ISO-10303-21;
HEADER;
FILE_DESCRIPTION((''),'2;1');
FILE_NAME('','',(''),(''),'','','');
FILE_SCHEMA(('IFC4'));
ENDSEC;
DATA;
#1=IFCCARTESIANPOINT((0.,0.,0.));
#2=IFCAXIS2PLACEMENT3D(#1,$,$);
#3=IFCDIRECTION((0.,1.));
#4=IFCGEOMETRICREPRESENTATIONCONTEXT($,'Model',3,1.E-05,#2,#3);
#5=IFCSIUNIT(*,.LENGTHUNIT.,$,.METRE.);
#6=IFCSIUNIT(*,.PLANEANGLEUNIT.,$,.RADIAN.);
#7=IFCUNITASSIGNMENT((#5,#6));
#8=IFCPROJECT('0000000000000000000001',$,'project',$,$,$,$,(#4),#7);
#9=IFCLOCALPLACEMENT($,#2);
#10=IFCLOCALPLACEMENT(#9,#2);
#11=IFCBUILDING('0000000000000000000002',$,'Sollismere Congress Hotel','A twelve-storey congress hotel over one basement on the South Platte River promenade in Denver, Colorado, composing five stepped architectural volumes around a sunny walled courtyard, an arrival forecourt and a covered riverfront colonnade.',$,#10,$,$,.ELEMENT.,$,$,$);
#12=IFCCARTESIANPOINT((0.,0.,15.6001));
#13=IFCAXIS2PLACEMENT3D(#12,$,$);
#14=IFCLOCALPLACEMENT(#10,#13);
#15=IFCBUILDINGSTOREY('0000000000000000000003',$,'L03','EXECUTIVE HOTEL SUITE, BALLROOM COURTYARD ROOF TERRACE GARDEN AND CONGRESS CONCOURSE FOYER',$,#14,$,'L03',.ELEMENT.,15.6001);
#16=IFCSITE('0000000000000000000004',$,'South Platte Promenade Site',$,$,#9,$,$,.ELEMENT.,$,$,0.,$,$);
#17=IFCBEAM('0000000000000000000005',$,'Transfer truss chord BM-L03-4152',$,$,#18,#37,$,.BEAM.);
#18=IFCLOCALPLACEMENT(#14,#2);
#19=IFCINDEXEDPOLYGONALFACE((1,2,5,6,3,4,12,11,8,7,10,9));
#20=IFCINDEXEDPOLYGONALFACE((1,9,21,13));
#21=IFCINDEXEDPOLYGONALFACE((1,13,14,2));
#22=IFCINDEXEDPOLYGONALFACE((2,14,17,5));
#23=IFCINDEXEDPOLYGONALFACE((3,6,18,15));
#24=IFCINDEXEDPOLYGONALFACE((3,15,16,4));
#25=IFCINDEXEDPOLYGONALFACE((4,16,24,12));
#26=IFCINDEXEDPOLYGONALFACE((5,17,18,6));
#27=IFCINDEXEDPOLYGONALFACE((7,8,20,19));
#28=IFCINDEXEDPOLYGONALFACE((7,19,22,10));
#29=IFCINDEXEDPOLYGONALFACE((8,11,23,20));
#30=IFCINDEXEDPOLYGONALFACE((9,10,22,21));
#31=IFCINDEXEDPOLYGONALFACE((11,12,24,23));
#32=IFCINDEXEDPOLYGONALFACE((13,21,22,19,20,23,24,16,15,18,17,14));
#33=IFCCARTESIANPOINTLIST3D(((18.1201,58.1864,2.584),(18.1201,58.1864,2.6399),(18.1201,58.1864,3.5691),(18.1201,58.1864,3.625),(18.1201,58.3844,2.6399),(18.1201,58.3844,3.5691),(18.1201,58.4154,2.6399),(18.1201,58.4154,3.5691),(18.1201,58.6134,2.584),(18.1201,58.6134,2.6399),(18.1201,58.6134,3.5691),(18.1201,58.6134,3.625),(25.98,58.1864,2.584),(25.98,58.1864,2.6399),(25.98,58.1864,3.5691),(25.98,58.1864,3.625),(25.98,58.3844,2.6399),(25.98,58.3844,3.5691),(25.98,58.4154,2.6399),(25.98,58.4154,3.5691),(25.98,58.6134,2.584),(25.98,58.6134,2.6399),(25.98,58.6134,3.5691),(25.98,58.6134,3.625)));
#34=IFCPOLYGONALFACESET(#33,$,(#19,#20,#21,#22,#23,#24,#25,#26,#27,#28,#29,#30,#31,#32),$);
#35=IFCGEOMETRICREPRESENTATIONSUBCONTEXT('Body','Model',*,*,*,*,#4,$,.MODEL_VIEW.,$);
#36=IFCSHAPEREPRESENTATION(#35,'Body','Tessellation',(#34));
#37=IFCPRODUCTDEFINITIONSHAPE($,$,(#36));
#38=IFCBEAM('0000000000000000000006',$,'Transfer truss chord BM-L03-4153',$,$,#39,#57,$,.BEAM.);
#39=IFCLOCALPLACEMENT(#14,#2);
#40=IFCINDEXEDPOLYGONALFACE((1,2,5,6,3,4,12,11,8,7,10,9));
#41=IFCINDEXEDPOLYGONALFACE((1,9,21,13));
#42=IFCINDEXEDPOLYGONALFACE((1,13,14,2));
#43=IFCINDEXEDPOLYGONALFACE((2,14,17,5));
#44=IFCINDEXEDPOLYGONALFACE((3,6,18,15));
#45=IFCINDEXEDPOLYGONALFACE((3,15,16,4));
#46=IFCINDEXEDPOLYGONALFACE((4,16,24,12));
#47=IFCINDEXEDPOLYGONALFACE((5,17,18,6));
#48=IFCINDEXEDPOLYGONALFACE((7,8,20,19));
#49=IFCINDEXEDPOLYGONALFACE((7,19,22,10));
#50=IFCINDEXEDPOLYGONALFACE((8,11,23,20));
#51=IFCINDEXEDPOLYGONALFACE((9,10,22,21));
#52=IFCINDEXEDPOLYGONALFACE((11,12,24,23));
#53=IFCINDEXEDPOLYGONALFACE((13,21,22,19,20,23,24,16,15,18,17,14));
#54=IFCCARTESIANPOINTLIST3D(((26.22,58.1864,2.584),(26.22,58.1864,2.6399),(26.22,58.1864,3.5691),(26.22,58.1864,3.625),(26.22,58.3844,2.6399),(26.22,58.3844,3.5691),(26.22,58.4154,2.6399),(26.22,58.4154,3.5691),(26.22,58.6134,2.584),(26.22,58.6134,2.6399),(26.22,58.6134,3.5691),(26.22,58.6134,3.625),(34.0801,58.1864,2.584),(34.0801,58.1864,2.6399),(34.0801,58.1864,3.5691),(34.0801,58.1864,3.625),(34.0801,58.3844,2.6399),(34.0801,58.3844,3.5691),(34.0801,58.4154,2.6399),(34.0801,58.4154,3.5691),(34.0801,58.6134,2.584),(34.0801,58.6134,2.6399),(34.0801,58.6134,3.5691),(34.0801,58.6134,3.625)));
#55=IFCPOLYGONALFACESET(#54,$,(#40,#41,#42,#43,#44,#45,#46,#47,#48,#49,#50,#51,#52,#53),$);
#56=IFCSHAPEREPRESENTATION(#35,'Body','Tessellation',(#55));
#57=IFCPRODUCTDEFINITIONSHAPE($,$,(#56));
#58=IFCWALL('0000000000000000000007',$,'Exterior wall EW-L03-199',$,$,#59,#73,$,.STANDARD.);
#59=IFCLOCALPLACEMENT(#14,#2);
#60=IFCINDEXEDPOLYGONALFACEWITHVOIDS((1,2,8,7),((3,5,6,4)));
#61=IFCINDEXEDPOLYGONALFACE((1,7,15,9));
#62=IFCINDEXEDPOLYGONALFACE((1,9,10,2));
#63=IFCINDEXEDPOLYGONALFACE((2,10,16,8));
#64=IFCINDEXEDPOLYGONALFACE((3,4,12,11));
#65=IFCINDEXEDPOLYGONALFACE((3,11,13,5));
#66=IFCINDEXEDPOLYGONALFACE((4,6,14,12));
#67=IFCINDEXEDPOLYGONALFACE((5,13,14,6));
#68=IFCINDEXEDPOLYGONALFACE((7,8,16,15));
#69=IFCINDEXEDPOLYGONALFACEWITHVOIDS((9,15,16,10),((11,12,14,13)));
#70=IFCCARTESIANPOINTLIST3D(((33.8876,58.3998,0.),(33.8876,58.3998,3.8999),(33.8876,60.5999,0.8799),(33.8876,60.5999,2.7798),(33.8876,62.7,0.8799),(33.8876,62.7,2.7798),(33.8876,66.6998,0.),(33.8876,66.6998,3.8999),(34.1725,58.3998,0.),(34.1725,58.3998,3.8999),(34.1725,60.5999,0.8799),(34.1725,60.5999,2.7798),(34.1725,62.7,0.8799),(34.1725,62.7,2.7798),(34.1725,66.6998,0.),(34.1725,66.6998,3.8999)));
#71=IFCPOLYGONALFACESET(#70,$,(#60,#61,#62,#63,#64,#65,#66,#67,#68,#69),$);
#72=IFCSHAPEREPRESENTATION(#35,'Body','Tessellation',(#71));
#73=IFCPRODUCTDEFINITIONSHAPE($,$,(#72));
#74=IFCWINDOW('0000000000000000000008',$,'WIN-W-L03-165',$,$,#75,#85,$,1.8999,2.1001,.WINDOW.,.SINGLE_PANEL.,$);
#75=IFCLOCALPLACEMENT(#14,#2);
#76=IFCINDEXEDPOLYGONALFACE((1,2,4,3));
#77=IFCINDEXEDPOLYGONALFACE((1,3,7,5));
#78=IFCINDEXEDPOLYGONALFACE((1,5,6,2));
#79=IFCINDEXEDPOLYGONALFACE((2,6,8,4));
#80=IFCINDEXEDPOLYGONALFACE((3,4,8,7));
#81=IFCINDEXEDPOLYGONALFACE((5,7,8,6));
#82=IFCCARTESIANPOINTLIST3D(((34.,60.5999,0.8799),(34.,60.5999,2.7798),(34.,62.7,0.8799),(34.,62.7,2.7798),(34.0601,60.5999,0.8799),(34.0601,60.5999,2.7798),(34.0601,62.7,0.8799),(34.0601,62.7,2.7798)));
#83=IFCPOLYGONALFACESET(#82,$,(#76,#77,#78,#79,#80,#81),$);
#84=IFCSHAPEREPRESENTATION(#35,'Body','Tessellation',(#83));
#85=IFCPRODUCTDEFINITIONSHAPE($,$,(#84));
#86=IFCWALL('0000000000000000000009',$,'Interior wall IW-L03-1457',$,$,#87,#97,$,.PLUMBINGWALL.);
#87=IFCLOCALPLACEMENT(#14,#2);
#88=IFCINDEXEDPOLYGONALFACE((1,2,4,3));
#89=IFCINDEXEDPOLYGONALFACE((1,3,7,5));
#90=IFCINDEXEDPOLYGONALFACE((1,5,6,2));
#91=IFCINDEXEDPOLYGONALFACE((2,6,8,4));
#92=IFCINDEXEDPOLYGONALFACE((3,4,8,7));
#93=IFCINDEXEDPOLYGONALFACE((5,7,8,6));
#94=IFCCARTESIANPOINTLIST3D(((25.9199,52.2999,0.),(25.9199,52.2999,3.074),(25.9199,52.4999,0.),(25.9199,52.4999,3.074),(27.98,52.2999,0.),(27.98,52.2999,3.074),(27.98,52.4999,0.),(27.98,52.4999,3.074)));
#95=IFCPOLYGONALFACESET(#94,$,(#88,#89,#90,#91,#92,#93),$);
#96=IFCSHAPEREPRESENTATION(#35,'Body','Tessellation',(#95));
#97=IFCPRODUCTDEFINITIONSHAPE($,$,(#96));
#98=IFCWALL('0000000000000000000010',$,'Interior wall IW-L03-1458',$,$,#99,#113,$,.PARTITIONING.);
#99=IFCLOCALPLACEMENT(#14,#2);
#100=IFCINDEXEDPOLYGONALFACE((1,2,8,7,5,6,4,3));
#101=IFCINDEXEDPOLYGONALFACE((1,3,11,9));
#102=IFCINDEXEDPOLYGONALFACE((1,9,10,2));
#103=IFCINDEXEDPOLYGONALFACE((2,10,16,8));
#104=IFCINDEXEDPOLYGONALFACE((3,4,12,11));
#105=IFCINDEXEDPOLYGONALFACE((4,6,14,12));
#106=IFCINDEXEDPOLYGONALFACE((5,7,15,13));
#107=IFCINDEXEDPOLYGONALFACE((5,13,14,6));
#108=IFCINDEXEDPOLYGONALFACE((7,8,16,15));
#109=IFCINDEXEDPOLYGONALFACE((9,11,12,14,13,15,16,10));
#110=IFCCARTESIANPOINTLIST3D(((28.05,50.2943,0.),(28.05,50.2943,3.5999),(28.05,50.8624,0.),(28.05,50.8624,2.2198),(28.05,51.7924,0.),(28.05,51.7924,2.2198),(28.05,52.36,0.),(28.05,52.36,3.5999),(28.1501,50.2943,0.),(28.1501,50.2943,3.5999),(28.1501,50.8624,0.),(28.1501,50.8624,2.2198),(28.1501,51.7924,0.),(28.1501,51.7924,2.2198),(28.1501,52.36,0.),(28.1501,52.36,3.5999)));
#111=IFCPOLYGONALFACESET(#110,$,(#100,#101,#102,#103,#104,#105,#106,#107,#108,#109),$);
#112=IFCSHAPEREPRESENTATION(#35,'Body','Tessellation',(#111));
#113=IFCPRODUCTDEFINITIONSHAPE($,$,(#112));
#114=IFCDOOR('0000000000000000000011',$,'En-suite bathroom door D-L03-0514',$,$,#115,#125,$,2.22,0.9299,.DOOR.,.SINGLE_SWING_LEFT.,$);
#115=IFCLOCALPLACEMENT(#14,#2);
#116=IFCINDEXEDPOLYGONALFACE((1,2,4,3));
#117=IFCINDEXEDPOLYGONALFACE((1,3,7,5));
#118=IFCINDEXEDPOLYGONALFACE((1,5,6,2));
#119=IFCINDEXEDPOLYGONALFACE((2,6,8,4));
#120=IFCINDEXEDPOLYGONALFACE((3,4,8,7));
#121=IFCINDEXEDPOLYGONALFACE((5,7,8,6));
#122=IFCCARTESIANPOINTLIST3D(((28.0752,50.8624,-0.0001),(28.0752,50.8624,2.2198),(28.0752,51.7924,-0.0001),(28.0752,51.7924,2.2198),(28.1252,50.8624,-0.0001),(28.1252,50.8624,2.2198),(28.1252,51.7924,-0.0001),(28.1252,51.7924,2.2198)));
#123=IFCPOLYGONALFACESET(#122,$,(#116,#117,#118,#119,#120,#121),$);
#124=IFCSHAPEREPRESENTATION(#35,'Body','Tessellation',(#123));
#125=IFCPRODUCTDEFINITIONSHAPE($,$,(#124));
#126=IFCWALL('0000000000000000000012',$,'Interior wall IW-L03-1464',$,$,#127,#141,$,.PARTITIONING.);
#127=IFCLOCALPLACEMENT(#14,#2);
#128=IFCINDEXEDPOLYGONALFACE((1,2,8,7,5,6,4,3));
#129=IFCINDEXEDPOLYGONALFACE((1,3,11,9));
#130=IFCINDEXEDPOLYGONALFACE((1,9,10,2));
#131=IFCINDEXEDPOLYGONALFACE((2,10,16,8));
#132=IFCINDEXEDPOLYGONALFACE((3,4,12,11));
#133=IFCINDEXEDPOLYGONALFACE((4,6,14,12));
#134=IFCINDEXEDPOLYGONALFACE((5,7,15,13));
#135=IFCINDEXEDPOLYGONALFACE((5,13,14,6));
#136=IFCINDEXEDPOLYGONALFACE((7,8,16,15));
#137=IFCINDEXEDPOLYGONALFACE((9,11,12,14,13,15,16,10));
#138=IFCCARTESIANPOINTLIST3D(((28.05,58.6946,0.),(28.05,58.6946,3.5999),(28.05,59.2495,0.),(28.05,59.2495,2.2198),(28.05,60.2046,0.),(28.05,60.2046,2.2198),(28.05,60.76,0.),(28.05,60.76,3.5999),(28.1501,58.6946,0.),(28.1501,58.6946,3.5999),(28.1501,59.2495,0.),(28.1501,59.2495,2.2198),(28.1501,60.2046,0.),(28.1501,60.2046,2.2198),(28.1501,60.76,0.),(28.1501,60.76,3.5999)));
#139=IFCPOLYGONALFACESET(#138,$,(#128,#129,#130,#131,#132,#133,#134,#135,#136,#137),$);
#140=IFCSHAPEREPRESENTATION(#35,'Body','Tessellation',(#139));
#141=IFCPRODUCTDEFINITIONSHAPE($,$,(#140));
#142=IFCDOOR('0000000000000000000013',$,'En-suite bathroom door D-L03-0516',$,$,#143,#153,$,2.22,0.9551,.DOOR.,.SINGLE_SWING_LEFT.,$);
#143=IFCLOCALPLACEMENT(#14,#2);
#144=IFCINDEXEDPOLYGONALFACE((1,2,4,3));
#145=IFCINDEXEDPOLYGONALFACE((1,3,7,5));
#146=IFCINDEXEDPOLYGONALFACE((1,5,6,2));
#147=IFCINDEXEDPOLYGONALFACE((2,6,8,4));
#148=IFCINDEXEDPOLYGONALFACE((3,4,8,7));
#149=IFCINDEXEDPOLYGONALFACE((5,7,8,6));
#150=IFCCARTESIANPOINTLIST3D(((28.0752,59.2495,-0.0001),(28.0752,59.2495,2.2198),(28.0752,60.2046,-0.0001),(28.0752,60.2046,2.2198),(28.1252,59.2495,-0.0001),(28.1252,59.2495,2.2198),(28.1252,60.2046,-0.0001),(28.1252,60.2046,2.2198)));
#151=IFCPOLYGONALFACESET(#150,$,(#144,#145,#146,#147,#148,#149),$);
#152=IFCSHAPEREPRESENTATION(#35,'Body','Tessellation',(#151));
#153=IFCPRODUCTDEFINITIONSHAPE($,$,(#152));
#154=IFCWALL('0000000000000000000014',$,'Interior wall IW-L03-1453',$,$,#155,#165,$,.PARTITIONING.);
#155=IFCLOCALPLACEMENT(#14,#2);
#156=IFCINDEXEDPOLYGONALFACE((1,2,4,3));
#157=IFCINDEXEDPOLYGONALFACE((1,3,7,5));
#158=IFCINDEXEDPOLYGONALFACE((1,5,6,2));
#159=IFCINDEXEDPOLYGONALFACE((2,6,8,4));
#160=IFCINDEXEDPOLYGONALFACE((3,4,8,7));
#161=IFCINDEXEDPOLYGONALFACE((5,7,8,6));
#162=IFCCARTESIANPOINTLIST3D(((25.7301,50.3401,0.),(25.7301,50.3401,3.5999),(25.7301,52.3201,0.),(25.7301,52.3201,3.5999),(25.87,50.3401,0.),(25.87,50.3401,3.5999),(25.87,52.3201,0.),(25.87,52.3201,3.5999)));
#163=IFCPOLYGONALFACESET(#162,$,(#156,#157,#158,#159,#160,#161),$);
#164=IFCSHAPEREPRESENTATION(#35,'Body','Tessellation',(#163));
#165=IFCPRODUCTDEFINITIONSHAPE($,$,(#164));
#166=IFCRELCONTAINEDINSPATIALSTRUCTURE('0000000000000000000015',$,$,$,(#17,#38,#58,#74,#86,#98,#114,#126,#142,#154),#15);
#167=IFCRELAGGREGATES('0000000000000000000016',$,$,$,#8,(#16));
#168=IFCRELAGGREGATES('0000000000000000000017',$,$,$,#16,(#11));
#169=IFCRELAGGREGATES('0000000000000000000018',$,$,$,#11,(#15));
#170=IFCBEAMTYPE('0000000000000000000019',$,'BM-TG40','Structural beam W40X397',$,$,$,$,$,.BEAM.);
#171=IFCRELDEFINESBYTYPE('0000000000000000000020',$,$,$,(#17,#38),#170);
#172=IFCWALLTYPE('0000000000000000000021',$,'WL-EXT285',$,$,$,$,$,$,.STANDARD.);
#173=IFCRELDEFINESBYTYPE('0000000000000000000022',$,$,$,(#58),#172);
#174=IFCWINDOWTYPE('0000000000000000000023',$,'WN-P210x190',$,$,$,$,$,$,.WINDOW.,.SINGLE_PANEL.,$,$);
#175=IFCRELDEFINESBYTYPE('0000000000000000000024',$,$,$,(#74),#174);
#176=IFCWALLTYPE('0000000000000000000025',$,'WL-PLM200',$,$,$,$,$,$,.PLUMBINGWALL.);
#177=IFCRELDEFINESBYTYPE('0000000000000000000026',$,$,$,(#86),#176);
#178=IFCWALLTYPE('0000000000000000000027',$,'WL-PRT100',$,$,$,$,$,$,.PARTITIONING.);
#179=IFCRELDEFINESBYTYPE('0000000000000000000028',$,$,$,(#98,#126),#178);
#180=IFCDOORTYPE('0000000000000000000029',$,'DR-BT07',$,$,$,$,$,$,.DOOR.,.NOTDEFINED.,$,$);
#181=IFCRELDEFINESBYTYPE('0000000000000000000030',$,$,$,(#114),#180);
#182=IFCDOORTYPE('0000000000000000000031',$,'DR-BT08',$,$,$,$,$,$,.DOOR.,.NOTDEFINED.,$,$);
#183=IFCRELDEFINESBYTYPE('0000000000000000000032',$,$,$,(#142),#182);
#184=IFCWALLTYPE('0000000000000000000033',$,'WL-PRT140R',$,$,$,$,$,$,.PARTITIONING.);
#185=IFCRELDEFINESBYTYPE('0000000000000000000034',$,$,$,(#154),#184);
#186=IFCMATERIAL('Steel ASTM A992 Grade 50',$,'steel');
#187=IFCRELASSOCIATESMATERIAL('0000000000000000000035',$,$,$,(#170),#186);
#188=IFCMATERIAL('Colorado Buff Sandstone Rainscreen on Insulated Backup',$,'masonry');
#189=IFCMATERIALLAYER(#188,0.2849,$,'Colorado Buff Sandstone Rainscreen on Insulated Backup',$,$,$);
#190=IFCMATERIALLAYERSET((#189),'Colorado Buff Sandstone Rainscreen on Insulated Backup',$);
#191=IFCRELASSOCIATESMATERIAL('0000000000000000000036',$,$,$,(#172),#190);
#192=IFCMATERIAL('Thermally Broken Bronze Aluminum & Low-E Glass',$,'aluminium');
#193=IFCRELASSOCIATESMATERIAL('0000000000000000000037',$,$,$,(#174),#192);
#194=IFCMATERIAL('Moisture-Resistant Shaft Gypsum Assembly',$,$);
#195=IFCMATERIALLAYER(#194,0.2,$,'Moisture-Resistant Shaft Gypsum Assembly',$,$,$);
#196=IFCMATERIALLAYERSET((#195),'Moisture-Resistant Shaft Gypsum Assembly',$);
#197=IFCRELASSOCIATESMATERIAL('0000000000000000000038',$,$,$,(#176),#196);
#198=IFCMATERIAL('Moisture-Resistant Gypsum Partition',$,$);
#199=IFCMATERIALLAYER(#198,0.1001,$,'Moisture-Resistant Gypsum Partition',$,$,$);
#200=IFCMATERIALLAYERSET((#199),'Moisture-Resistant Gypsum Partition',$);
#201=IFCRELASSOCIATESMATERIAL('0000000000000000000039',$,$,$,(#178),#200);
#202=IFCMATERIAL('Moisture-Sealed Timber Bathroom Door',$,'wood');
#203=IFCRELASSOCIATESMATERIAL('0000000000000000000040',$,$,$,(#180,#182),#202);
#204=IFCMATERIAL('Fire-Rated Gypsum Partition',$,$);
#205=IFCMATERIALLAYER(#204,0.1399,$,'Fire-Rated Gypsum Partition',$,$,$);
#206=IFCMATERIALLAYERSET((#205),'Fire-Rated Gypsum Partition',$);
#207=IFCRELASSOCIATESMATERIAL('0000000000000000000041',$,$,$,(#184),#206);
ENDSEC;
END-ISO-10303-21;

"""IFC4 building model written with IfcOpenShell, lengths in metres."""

from ifc_helpers import new_model, si_unit, direction, frame, frame_2d, origin, origin_2d, place, context, subcontext, project, spatial, rectangle, i_section, extrude, material, layer, layer_set, material_profile, profile_set, type_object, element, fill, save


model = new_model("IFC4")

# Units and contexts
model_context = context("Model", 3, precision=1e-05, world=origin(), true_north=direction((0.0, 1.0)))
body_context = subcontext(model_context, "Body", "Model", "MODEL_VIEW")
ifc_project = project(units=[si_unit("LENGTHUNIT", "METRE"), si_unit("PLANEANGLEUNIT", "RADIAN")], contexts=[model_context])

# Site, building, storey
site_placement = place(None, origin())
site = spatial("IfcSite", under=ifc_project, at=site_placement, Name="South Platte Promenade Site", CompositionType="ELEMENT", RefElevation=0.0)
building_placement = place(site_placement, origin())
building = spatial("IfcBuilding", under=site, at=building_placement, Name="Sollismere Congress Hotel", Description="A twelve-storey congress hotel over one basement on the South Platte River promenade in Denver, Colorado, composing five stepped architectural volumes around a sunny walled courtyard, an arrival forecourt and a covered riverfront colonnade.", CompositionType="ELEMENT")
storey_placement = place(building_placement, frame((0.0, 0.0, 15.6001)))
storey = spatial("IfcBuildingStorey", under=building, at=storey_placement, Name="L03", Description="EXECUTIVE HOTEL SUITE, BALLROOM COURTYARD ROOF TERRACE GARDEN AND CONGRESS CONCOURSE FOYER", LongName="L03", CompositionType="ELEMENT", Elevation=15.6001)

# Shared definitions
ifc_material_1 = material(Name="Steel ASTM A992 Grade 50", Category="steel")

# Beams
ifc_material_profile_1 = material_profile(ifc_material_1, i_section(OverallWidth=0.427, OverallDepth=1.041, WebThickness=0.031, FlangeThickness=0.0559, at=origin_2d()), Name="W40X397")
ifc_profile_set_1 = profile_set([ifc_material_profile_1], Name="Steel ASTM A992 Grade 50")
beam_type_1 = type_object("IfcBeamType", Name="BM-TG40", Description="Structural beam W40X397", PredefinedType="BEAM", material=ifc_profile_set_1)
beam_1_placement = place(storey_placement, frame((18.1201, 58.3999, 3.1045), z_axis=(1.0, 0.0, 0.0), x_axis=(0.0, 1.0, 0.0)))
element("IfcBeam", 1, at=beam_1_placement, inside=storey, type_object=beam_type_1, Name="Transfer truss chord BM-L03-4152", PredefinedType="BEAM", context=body_context, shape_type="SweptSolid", body=[
    extrude(i_section(OverallWidth=0.427, OverallDepth=1.041, WebThickness=0.031, FlangeThickness=0.0559, at=origin_2d()), origin(), (0.0, 0.0, 1.0), 7.8599),
])
beam_2_placement = place(storey_placement, frame((26.22, 58.3999, 3.1045), z_axis=(1.0, 0.0, 0.0), x_axis=(0.0, 1.0, 0.0)))
element("IfcBeam", 2, at=beam_2_placement, inside=storey, type_object=beam_type_1, Name="Transfer truss chord BM-L03-4153", PredefinedType="BEAM", context=body_context, shape_type="SweptSolid", body=[
    extrude(i_section(OverallWidth=0.427, OverallDepth=1.041, WebThickness=0.031, FlangeThickness=0.0559, at=origin_2d()), origin(), (0.0, 0.0, 1.0), 7.8601),
])

# Wall, opening, window
ifc_material_2 = material(Name="Colorado Buff Sandstone Rainscreen on Insulated Backup", Category="masonry")
ifc_layer_1 = layer(ifc_material_2, 0.2849, Name="Colorado Buff Sandstone Rainscreen on Insulated Backup")
ifc_layer_set_1 = layer_set([ifc_layer_1], Name="Colorado Buff Sandstone Rainscreen on Insulated Backup")
wall_type_1 = type_object("IfcWallType", Name="WL-EXT285", PredefinedType="STANDARD", material=ifc_layer_set_1)
wall_1_placement = place(storey_placement, frame((34.03, 58.3999, 0.0), z_axis=(0.0, 0.0, 1.0), x_axis=(0.0, 1.0, 0.0)))
wall_1 = element("IfcWall", 3, at=wall_1_placement, inside=storey, type_object=wall_type_1, Name="Exterior wall EW-L03-199", PredefinedType="STANDARD", context=body_context, shape_type="SweptSolid", body=[
    extrude(rectangle(XDim=8.3, YDim=0.2849, at=frame_2d((4.1499, 0.0))), origin(), (0.0, 0.0, 1.0), 3.8999),
])
opening_1_placement = place(wall_1_placement, frame((2.2, 0.0, 0.8799)))
opening_1 = element("IfcOpeningElement", 4, at=opening_1_placement, cuts=wall_1, PredefinedType="OPENING", context=body_context, shape_type="SweptSolid", body=[
    extrude(rectangle(XDim=2.1001, YDim=1.8999, at=frame_2d((1.05, 0.95))), frame((0.0, 0.1523, 0.0), z_axis=(0.0, -1.0, 0.0), x_axis=(1.0, 0.0, 0.0)), (0.0, 0.0, 1.0), 0.3049),
])
ifc_material_3 = material(Name="Thermally Broken Bronze Aluminum & Low-E Glass", Category="aluminium")
window_type = type_object("IfcWindowType", Name="WN-P210x190", PartitioningType="SINGLE_PANEL", PredefinedType="WINDOW", material=ifc_material_3)
window_placement = place(opening_1_placement, origin())
window = element("IfcWindow", 5, at=window_placement, inside=storey, type_object=window_type, Name="WIN-W-L03-165", OverallHeight=1.8999, OverallWidth=2.1001, PartitioningType="SINGLE_PANEL", PredefinedType="WINDOW", context=body_context, shape_type="SweptSolid", body=[
    extrude(rectangle(XDim=2.1001, YDim=1.8999, at=frame_2d((1.05, 0.95))), frame((0.0, 0.03, 0.0), z_axis=(0.0, -1.0, 0.0), x_axis=(1.0, 0.0, 0.0)), (0.0, 0.0, 1.0), 0.0601),
])
fill(opening_1, window)

# Wall
ifc_material_4 = material(Name="Moisture-Resistant Shaft Gypsum Assembly")
ifc_layer_2 = layer(ifc_material_4, 0.2, Name="Moisture-Resistant Shaft Gypsum Assembly")
ifc_layer_set_2 = layer_set([ifc_layer_2], Name="Moisture-Resistant Shaft Gypsum Assembly")
wall_type_2 = type_object("IfcWallType", Name="WL-PLM200", PredefinedType="PLUMBINGWALL", material=ifc_layer_set_2)
wall_2_placement = place(storey_placement, frame((25.9199, 52.3999, 0.0), z_axis=(0.0, 0.0, 1.0), x_axis=(1.0, 0.0, 0.0)))
element("IfcWall", 6, at=wall_2_placement, inside=storey, type_object=wall_type_2, Name="Interior wall IW-L03-1457", PredefinedType="PLUMBINGWALL", context=body_context, shape_type="SweptSolid", body=[
    extrude(rectangle(XDim=2.0601, YDim=0.2, at=frame_2d((1.03, 0.0))), origin(), (0.0, 0.0, 1.0), 3.074),
])

# Walls, openings, doors
ifc_material_5 = material(Name="Moisture-Resistant Gypsum Partition")
ifc_layer_3 = layer(ifc_material_5, 0.1001, Name="Moisture-Resistant Gypsum Partition")
ifc_layer_set_3 = layer_set([ifc_layer_3], Name="Moisture-Resistant Gypsum Partition")
wall_type_3 = type_object("IfcWallType", Name="WL-PRT100", PredefinedType="PARTITIONING", material=ifc_layer_set_3)
wall_3_placement = place(storey_placement, frame((28.1001, 50.2944, 0.0), z_axis=(0.0, 0.0, 1.0), x_axis=(0.0, 1.0, 0.0)))
wall_3 = element("IfcWall", 7, at=wall_3_placement, inside=storey, type_object=wall_type_3, Name="Interior wall IW-L03-1458", PredefinedType="PARTITIONING", context=body_context, shape_type="SweptSolid", body=[
    extrude(rectangle(XDim=2.0657, YDim=0.1001, at=frame_2d((1.0327, 0.0))), origin(), (0.0, 0.0, 1.0), 3.5999),
])
opening_2_placement = place(wall_3_placement, frame((0.5681, 0.0, 0.0)))
opening_2 = element("IfcOpeningElement", 8, at=opening_2_placement, cuts=wall_3, PredefinedType="OPENING", context=body_context, shape_type="SweptSolid", body=[
    extrude(rectangle(XDim=0.9299, YDim=2.22, at=frame_2d((0.4648, 1.1099))), frame((0.0, 0.0601, 0.0), z_axis=(0.0, -1.0, 0.0), x_axis=(1.0, 0.0, 0.0)), (0.0, 0.0, 1.0), 0.1201),
])
ifc_material_6 = material(Name="Moisture-Sealed Timber Bathroom Door", Category="wood")
door_type_1 = type_object("IfcDoorType", Name="DR-BT07", OperationType="NOTDEFINED", PredefinedType="DOOR", material=ifc_material_6)
door_1_placement = place(opening_2_placement, origin())
door_1 = element("IfcDoor", 9, at=door_1_placement, inside=storey, type_object=door_type_1, Name="En-suite bathroom door D-L03-0514", OperationType="SINGLE_SWING_LEFT", OverallHeight=2.22, OverallWidth=0.9299, PredefinedType="DOOR", context=body_context, shape_type="SweptSolid", body=[
    extrude(rectangle(XDim=0.9299, YDim=2.22, at=frame_2d((0.4648, 1.1099))), frame((0.0, 0.0249, 0.0), z_axis=(0.0, -1.0, 0.0), x_axis=(1.0, 0.0, 0.0)), (0.0, 0.0, 1.0), 0.05),
])
fill(opening_2, door_1)
wall_4_placement = place(storey_placement, frame((28.1001, 58.6946, 0.0), z_axis=(0.0, 0.0, 1.0), x_axis=(0.0, 1.0, 0.0)))
wall_4 = element("IfcWall", 10, at=wall_4_placement, inside=storey, type_object=wall_type_3, Name="Interior wall IW-L03-1464", PredefinedType="PARTITIONING", context=body_context, shape_type="SweptSolid", body=[
    extrude(rectangle(XDim=2.0654, YDim=0.1001, at=frame_2d((1.0327, 0.0))), origin(), (0.0, 0.0, 1.0), 3.5999),
])
opening_3_placement = place(wall_4_placement, frame((0.5549, 0.0, 0.0)))
opening_3 = element("IfcOpeningElement", 11, at=opening_3_placement, cuts=wall_4, PredefinedType="OPENING", context=body_context, shape_type="SweptSolid", body=[
    extrude(rectangle(XDim=0.9551, YDim=2.22, at=frame_2d((0.4775, 1.1099))), frame((0.0, 0.0601, 0.0), z_axis=(0.0, -1.0, 0.0), x_axis=(1.0, 0.0, 0.0)), (0.0, 0.0, 1.0), 0.1201),
])
door_type_2 = type_object("IfcDoorType", Name="DR-BT08", OperationType="NOTDEFINED", PredefinedType="DOOR", material=ifc_material_6)
door_2_placement = place(opening_3_placement, origin())
door_2 = element("IfcDoor", 12, at=door_2_placement, inside=storey, type_object=door_type_2, Name="En-suite bathroom door D-L03-0516", OperationType="SINGLE_SWING_LEFT", OverallHeight=2.22, OverallWidth=0.9551, PredefinedType="DOOR", context=body_context, shape_type="SweptSolid", body=[
    extrude(rectangle(XDim=0.9551, YDim=2.22, at=frame_2d((0.4775, 1.1099))), frame((0.0, 0.0249, 0.0), z_axis=(0.0, -1.0, 0.0), x_axis=(1.0, 0.0, 0.0)), (0.0, 0.0, 1.0), 0.05),
])
fill(opening_3, door_2)

# Wall
ifc_material_7 = material(Name="Fire-Rated Gypsum Partition")
ifc_layer_4 = layer(ifc_material_7, 0.1399, Name="Fire-Rated Gypsum Partition")
ifc_layer_set_4 = layer_set([ifc_layer_4], Name="Fire-Rated Gypsum Partition")
wall_type_4 = type_object("IfcWallType", Name="WL-PRT140R", PredefinedType="PARTITIONING", material=ifc_layer_set_4)
wall_5_placement = place(storey_placement, frame((25.8, 50.3401, 0.0), z_axis=(0.0, 0.0, 1.0), x_axis=(0.0, 1.0, 0.0)))
element("IfcWall", 13, at=wall_5_placement, inside=storey, type_object=wall_type_4, Name="Interior wall IW-L03-1453", PredefinedType="PARTITIONING", context=body_context, shape_type="SweptSolid", body=[
    extrude(rectangle(XDim=1.98, YDim=0.1399, at=frame_2d((0.99, 0.0))), origin(), (0.0, 0.0, 1.0), 3.5999),
])

save(model, "model.ifc")
